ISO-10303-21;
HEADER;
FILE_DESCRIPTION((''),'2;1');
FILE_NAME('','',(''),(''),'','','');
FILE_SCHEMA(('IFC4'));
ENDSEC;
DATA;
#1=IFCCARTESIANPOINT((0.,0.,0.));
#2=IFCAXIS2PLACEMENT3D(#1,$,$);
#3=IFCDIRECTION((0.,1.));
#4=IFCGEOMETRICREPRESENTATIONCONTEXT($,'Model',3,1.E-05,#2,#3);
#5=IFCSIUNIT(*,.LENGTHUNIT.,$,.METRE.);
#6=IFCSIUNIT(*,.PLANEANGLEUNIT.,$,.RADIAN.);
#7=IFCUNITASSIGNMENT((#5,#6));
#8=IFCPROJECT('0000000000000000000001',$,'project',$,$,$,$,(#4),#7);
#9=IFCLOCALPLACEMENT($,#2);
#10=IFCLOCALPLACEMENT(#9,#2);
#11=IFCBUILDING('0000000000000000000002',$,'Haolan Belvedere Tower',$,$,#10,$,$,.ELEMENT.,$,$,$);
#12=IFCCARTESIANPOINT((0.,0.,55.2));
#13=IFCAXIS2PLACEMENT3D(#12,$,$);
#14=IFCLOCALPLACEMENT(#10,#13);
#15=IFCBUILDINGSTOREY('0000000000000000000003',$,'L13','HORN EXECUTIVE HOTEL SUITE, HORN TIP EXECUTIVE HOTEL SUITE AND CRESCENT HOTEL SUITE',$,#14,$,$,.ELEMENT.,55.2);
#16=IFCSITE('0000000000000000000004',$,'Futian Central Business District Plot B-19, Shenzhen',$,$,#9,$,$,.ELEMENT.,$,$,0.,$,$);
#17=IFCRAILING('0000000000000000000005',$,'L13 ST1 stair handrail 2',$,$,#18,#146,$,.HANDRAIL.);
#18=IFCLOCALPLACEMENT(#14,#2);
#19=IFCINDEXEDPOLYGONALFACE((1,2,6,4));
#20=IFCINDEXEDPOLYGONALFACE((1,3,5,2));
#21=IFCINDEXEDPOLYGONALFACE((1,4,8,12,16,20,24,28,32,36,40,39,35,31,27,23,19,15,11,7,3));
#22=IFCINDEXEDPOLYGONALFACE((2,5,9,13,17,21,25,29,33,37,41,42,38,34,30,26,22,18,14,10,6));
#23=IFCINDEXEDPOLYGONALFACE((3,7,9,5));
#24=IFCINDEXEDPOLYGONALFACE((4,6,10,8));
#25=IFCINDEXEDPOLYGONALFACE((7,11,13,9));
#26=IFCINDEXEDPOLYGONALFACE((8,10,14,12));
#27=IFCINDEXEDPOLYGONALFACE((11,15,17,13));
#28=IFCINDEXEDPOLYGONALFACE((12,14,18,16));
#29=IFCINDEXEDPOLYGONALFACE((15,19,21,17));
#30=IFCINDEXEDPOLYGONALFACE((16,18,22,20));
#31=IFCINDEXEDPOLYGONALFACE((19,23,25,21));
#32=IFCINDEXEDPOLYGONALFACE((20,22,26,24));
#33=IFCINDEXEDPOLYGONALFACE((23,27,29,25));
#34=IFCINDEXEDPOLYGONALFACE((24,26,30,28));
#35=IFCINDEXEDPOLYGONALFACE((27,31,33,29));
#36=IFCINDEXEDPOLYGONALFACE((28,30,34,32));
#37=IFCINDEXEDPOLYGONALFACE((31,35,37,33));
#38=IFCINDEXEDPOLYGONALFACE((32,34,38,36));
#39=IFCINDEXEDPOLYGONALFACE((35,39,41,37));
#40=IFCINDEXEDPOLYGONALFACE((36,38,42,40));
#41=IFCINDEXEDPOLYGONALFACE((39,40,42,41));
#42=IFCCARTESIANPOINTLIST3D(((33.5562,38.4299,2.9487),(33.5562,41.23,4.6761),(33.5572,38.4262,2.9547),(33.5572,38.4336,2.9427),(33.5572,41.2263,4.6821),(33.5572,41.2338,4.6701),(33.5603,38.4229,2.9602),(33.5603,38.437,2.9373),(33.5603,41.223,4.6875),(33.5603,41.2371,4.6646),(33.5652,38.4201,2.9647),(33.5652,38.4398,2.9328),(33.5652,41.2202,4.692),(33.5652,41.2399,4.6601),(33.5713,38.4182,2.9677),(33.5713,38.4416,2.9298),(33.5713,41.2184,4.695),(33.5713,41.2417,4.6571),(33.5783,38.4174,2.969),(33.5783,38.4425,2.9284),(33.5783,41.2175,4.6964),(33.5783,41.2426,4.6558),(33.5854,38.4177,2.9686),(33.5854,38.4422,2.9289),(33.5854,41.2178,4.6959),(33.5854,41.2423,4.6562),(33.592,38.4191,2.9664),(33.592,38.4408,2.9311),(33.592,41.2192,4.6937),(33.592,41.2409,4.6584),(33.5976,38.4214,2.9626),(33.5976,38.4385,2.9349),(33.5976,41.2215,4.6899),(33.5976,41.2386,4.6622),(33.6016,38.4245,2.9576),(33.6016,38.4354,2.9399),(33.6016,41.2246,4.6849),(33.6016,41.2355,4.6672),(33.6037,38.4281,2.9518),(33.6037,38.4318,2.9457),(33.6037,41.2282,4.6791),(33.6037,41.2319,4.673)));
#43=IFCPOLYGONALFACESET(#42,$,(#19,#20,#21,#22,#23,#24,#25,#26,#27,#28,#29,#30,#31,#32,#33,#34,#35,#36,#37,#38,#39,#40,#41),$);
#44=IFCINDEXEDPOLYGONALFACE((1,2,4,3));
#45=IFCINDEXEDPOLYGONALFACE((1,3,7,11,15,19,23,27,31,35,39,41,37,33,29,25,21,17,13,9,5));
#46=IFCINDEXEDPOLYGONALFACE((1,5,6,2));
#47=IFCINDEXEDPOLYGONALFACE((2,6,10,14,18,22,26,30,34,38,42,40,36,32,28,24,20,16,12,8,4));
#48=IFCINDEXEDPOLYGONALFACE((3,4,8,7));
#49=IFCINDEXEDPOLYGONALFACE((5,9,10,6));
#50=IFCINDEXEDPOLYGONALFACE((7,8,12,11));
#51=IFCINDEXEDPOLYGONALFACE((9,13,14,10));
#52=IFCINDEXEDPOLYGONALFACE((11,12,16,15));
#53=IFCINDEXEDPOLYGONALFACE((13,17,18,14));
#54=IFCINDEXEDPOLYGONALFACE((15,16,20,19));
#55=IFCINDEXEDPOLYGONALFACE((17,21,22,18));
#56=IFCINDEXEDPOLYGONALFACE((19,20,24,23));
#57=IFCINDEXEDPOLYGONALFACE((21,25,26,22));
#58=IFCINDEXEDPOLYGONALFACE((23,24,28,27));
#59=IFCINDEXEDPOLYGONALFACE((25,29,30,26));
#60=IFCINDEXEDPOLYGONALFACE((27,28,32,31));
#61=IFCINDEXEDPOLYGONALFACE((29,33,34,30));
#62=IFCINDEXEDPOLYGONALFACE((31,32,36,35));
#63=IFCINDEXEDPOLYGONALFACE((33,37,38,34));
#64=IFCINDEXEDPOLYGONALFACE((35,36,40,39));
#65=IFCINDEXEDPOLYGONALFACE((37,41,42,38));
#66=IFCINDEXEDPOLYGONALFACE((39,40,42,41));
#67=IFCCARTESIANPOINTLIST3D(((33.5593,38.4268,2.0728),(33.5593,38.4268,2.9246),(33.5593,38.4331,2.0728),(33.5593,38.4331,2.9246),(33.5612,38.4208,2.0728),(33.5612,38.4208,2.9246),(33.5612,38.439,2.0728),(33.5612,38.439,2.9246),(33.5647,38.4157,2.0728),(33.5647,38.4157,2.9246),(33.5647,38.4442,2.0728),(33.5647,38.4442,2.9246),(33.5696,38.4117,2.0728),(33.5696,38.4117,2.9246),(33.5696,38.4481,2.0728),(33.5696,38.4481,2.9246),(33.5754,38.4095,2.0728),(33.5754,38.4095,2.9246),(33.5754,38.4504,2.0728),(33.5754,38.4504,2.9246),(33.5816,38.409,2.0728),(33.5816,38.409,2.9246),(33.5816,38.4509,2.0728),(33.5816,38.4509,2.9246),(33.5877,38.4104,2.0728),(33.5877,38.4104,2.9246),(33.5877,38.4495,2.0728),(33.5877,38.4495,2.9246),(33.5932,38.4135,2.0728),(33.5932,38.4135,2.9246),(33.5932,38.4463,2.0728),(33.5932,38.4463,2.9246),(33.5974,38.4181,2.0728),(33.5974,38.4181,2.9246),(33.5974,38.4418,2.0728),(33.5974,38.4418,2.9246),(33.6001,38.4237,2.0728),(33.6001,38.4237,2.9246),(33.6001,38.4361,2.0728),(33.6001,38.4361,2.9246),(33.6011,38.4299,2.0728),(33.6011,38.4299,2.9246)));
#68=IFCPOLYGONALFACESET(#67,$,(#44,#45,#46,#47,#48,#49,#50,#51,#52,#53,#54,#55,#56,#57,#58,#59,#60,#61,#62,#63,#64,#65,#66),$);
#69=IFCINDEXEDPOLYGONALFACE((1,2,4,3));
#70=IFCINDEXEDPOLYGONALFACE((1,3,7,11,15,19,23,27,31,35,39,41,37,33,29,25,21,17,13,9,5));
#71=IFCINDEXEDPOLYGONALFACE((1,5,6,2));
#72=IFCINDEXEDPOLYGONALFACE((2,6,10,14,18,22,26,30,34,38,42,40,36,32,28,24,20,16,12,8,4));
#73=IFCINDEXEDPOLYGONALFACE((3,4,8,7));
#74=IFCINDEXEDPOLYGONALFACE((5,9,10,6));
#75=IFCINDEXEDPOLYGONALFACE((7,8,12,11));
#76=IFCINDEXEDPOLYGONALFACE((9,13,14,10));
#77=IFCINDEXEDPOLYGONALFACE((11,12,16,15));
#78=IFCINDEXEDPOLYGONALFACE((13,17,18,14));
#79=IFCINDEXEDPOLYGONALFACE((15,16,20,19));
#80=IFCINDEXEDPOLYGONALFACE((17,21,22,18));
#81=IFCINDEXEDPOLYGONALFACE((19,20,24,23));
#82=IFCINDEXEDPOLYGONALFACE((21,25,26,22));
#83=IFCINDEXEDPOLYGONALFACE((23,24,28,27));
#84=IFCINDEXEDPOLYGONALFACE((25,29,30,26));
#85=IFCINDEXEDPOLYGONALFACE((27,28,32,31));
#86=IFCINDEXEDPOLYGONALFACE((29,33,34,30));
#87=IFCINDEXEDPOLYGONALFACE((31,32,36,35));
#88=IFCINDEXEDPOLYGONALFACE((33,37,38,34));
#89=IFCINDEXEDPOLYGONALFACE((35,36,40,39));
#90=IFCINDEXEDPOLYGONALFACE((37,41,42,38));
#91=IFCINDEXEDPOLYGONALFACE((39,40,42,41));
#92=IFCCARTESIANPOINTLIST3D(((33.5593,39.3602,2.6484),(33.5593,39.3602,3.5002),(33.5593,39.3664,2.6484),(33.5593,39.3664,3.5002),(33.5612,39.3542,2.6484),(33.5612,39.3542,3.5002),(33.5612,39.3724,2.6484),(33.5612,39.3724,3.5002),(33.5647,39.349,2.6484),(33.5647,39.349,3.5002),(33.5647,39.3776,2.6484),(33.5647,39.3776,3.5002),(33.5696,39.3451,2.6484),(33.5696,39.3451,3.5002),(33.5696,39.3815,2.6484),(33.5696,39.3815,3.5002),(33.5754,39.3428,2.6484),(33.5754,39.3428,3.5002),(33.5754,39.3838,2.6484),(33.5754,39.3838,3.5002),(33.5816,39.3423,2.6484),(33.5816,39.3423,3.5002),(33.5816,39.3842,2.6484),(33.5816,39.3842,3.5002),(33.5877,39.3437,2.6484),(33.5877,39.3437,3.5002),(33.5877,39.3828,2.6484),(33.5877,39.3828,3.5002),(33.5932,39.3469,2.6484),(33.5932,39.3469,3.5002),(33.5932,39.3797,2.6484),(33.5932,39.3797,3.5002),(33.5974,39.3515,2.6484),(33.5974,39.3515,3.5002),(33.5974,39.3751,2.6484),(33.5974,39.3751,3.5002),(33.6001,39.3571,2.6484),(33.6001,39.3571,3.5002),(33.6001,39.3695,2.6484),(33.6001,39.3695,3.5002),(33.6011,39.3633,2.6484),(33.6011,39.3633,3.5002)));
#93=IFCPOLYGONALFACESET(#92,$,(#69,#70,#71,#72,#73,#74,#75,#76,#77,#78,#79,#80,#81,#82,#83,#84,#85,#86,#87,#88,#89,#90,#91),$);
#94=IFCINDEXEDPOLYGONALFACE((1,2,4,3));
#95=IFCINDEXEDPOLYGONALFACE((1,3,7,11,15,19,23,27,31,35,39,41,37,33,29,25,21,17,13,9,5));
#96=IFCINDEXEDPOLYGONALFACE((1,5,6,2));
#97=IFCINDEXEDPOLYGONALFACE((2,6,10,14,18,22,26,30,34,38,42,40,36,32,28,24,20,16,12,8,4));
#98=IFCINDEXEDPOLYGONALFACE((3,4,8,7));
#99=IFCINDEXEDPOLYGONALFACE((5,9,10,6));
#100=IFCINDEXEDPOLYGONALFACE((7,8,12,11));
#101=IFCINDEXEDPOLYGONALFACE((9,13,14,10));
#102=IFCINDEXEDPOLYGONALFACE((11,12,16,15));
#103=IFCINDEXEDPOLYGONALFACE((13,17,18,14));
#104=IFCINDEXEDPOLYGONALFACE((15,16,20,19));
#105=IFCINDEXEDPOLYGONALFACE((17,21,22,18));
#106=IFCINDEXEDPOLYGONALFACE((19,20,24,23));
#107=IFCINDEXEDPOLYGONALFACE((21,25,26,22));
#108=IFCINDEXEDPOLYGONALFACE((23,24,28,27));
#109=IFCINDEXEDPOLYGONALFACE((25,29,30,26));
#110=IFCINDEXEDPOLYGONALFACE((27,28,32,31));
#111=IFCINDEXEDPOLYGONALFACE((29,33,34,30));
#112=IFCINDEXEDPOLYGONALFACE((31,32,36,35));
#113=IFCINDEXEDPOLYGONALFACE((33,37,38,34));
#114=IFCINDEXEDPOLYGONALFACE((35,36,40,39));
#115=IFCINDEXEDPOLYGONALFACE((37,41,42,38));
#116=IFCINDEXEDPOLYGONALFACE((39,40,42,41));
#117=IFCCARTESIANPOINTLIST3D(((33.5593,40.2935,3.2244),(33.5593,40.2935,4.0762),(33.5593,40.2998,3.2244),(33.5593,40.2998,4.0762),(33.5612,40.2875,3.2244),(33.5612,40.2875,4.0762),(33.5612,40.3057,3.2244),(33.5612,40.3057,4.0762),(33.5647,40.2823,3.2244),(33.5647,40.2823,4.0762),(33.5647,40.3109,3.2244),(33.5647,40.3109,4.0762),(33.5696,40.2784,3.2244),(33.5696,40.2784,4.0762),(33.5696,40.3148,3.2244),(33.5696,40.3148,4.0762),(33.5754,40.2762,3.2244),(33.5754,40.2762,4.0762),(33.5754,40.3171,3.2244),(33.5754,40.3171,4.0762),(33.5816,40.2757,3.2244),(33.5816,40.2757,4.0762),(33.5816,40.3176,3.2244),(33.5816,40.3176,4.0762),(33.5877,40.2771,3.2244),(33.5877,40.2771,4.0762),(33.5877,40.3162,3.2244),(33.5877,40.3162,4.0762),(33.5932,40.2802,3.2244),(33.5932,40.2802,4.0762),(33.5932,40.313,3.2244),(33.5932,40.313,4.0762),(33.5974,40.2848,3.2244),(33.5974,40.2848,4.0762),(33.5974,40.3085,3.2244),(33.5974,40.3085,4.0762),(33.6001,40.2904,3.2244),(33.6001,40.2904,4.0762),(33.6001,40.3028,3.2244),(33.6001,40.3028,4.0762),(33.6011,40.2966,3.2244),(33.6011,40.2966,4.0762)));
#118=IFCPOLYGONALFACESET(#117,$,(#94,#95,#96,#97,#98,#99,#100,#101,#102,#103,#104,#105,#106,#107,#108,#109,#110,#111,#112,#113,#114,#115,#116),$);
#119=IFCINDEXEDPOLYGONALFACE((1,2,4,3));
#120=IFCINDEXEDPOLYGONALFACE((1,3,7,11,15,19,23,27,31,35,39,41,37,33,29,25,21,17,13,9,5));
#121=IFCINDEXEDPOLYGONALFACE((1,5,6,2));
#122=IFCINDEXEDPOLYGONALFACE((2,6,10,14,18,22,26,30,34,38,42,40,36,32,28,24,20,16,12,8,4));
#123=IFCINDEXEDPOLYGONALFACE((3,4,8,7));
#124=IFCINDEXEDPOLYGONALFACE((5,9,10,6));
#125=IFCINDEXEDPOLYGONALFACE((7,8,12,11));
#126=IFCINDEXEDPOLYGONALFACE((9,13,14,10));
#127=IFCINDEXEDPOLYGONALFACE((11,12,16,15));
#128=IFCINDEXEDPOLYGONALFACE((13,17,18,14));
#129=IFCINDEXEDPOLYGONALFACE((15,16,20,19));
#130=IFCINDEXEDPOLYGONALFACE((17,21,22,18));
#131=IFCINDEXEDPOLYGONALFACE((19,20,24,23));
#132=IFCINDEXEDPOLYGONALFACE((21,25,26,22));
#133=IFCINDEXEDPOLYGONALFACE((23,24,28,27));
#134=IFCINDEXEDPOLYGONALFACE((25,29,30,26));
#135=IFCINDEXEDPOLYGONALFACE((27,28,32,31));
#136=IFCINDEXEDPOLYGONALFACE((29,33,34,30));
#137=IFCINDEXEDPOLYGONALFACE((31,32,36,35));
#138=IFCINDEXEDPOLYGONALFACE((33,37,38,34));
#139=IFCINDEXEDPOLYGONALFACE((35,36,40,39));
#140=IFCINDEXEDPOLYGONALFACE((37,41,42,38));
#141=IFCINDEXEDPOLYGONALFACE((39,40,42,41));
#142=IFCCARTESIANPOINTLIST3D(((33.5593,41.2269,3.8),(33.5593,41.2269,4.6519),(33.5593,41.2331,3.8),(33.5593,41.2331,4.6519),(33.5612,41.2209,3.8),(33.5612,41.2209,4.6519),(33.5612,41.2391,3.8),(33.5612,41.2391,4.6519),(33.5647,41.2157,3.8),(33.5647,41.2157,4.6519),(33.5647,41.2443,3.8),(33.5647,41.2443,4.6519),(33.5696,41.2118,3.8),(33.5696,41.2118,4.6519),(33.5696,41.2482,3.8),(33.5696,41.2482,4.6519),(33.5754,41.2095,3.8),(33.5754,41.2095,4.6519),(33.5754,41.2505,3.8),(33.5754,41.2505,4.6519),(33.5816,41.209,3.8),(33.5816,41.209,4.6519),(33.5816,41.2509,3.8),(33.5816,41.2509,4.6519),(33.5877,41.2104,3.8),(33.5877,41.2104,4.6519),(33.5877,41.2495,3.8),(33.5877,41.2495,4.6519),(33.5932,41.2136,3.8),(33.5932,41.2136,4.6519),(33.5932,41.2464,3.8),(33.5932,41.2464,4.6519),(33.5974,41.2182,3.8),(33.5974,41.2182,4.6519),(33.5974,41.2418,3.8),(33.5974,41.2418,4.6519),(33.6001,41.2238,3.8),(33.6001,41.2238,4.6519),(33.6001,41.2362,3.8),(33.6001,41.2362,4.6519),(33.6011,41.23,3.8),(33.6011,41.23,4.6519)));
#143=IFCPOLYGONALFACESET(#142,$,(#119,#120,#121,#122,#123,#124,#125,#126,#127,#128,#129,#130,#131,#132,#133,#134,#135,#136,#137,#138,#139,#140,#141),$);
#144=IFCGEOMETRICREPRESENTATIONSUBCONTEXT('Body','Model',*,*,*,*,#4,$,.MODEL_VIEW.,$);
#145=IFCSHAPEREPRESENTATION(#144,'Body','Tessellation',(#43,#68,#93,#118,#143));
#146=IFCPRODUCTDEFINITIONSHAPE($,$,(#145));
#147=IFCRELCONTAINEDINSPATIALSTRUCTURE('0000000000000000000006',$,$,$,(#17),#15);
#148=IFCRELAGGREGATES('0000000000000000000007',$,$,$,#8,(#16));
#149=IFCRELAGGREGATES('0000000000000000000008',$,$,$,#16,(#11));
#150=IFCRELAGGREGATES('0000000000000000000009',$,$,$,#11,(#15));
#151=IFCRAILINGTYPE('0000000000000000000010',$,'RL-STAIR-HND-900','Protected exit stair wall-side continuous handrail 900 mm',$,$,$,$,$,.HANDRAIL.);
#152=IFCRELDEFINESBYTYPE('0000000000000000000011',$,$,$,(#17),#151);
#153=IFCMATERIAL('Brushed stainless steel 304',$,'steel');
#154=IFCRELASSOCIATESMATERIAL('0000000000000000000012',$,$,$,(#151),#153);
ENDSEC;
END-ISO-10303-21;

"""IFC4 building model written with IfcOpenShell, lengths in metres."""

from ifc_helpers import new_model, si_unit, direction, frame, origin, origin_2d, place, context, subcontext, project, spatial, circle, extrude, material, type_object, element, save


model = new_model("IFC4")

# Units and contexts
model_context = context("Model", 3, precision=1e-05, world=origin(), true_north=direction((0.0, 1.0)))
body_context = subcontext(model_context, "Body", "Model", "MODEL_VIEW")
ifc_project = project(units=[si_unit("LENGTHUNIT", "METRE"), si_unit("PLANEANGLEUNIT", "RADIAN")], contexts=[model_context])

# Site, building, storey
site_placement = place(None, origin())
site = spatial("IfcSite", under=ifc_project, at=site_placement, Name="Futian Central Business District Plot B-19, Shenzhen", CompositionType="ELEMENT", RefElevation=0.0)
building_placement = place(site_placement, origin())
building = spatial("IfcBuilding", under=site, at=building_placement, Name="Haolan Belvedere Tower", CompositionType="ELEMENT")
storey_placement = place(building_placement, frame((0.0, 0.0, 55.2)))
storey = spatial("IfcBuildingStorey", under=building, at=storey_placement, Name="L13", Description="HORN EXECUTIVE HOTEL SUITE, HORN TIP EXECUTIVE HOTEL SUITE AND CRESCENT HOTEL SUITE", CompositionType="ELEMENT", Elevation=55.2)

# Railing
ifc_material_1 = material(Name="Brushed stainless steel 304", Category="steel")
railing_type_1 = type_object("IfcRailingType", Name="RL-STAIR-HND-900", Description="Protected exit stair wall-side continuous handrail 900 mm", PredefinedType="HANDRAIL", material=ifc_material_1)
railing_1_placement = place(storey_placement, frame((33.5801, 38.4299, 2.0728)))
element("IfcRailing", 1, at=railing_1_placement, inside=storey, type_object=railing_type_1, Name="L13 ST1 stair handrail 2", PredefinedType="HANDRAIL", context=body_context, shape_type="SweptSolid", body=[
    extrude(circle(Radius=0.0239, at=origin_2d()), frame((0.0, 0.0, 0.876), z_axis=(0.0, 0.85109, 0.52502), x_axis=(-1.0, 0.0, 0.0)), (0.0, 0.0, 1.0), 3.29),
    extrude(circle(Radius=0.021, at=origin_2d()), origin(), (0.0, 0.0, 1.0), 0.8518),
    extrude(circle(Radius=0.021, at=origin_2d()), frame((0.0, 0.9333, 0.5757)), (0.0, 0.0, 1.0), 0.8518),
    extrude(circle(Radius=0.021, at=origin_2d()), frame((0.0, 1.8667, 1.1516)), (0.0, 0.0, 1.0), 0.8518),
    extrude(circle(Radius=0.021, at=origin_2d()), frame((0.0, 2.8, 1.7273)), (0.0, 0.0, 1.0), 0.8518),
])

save(model, "model.ifc")
